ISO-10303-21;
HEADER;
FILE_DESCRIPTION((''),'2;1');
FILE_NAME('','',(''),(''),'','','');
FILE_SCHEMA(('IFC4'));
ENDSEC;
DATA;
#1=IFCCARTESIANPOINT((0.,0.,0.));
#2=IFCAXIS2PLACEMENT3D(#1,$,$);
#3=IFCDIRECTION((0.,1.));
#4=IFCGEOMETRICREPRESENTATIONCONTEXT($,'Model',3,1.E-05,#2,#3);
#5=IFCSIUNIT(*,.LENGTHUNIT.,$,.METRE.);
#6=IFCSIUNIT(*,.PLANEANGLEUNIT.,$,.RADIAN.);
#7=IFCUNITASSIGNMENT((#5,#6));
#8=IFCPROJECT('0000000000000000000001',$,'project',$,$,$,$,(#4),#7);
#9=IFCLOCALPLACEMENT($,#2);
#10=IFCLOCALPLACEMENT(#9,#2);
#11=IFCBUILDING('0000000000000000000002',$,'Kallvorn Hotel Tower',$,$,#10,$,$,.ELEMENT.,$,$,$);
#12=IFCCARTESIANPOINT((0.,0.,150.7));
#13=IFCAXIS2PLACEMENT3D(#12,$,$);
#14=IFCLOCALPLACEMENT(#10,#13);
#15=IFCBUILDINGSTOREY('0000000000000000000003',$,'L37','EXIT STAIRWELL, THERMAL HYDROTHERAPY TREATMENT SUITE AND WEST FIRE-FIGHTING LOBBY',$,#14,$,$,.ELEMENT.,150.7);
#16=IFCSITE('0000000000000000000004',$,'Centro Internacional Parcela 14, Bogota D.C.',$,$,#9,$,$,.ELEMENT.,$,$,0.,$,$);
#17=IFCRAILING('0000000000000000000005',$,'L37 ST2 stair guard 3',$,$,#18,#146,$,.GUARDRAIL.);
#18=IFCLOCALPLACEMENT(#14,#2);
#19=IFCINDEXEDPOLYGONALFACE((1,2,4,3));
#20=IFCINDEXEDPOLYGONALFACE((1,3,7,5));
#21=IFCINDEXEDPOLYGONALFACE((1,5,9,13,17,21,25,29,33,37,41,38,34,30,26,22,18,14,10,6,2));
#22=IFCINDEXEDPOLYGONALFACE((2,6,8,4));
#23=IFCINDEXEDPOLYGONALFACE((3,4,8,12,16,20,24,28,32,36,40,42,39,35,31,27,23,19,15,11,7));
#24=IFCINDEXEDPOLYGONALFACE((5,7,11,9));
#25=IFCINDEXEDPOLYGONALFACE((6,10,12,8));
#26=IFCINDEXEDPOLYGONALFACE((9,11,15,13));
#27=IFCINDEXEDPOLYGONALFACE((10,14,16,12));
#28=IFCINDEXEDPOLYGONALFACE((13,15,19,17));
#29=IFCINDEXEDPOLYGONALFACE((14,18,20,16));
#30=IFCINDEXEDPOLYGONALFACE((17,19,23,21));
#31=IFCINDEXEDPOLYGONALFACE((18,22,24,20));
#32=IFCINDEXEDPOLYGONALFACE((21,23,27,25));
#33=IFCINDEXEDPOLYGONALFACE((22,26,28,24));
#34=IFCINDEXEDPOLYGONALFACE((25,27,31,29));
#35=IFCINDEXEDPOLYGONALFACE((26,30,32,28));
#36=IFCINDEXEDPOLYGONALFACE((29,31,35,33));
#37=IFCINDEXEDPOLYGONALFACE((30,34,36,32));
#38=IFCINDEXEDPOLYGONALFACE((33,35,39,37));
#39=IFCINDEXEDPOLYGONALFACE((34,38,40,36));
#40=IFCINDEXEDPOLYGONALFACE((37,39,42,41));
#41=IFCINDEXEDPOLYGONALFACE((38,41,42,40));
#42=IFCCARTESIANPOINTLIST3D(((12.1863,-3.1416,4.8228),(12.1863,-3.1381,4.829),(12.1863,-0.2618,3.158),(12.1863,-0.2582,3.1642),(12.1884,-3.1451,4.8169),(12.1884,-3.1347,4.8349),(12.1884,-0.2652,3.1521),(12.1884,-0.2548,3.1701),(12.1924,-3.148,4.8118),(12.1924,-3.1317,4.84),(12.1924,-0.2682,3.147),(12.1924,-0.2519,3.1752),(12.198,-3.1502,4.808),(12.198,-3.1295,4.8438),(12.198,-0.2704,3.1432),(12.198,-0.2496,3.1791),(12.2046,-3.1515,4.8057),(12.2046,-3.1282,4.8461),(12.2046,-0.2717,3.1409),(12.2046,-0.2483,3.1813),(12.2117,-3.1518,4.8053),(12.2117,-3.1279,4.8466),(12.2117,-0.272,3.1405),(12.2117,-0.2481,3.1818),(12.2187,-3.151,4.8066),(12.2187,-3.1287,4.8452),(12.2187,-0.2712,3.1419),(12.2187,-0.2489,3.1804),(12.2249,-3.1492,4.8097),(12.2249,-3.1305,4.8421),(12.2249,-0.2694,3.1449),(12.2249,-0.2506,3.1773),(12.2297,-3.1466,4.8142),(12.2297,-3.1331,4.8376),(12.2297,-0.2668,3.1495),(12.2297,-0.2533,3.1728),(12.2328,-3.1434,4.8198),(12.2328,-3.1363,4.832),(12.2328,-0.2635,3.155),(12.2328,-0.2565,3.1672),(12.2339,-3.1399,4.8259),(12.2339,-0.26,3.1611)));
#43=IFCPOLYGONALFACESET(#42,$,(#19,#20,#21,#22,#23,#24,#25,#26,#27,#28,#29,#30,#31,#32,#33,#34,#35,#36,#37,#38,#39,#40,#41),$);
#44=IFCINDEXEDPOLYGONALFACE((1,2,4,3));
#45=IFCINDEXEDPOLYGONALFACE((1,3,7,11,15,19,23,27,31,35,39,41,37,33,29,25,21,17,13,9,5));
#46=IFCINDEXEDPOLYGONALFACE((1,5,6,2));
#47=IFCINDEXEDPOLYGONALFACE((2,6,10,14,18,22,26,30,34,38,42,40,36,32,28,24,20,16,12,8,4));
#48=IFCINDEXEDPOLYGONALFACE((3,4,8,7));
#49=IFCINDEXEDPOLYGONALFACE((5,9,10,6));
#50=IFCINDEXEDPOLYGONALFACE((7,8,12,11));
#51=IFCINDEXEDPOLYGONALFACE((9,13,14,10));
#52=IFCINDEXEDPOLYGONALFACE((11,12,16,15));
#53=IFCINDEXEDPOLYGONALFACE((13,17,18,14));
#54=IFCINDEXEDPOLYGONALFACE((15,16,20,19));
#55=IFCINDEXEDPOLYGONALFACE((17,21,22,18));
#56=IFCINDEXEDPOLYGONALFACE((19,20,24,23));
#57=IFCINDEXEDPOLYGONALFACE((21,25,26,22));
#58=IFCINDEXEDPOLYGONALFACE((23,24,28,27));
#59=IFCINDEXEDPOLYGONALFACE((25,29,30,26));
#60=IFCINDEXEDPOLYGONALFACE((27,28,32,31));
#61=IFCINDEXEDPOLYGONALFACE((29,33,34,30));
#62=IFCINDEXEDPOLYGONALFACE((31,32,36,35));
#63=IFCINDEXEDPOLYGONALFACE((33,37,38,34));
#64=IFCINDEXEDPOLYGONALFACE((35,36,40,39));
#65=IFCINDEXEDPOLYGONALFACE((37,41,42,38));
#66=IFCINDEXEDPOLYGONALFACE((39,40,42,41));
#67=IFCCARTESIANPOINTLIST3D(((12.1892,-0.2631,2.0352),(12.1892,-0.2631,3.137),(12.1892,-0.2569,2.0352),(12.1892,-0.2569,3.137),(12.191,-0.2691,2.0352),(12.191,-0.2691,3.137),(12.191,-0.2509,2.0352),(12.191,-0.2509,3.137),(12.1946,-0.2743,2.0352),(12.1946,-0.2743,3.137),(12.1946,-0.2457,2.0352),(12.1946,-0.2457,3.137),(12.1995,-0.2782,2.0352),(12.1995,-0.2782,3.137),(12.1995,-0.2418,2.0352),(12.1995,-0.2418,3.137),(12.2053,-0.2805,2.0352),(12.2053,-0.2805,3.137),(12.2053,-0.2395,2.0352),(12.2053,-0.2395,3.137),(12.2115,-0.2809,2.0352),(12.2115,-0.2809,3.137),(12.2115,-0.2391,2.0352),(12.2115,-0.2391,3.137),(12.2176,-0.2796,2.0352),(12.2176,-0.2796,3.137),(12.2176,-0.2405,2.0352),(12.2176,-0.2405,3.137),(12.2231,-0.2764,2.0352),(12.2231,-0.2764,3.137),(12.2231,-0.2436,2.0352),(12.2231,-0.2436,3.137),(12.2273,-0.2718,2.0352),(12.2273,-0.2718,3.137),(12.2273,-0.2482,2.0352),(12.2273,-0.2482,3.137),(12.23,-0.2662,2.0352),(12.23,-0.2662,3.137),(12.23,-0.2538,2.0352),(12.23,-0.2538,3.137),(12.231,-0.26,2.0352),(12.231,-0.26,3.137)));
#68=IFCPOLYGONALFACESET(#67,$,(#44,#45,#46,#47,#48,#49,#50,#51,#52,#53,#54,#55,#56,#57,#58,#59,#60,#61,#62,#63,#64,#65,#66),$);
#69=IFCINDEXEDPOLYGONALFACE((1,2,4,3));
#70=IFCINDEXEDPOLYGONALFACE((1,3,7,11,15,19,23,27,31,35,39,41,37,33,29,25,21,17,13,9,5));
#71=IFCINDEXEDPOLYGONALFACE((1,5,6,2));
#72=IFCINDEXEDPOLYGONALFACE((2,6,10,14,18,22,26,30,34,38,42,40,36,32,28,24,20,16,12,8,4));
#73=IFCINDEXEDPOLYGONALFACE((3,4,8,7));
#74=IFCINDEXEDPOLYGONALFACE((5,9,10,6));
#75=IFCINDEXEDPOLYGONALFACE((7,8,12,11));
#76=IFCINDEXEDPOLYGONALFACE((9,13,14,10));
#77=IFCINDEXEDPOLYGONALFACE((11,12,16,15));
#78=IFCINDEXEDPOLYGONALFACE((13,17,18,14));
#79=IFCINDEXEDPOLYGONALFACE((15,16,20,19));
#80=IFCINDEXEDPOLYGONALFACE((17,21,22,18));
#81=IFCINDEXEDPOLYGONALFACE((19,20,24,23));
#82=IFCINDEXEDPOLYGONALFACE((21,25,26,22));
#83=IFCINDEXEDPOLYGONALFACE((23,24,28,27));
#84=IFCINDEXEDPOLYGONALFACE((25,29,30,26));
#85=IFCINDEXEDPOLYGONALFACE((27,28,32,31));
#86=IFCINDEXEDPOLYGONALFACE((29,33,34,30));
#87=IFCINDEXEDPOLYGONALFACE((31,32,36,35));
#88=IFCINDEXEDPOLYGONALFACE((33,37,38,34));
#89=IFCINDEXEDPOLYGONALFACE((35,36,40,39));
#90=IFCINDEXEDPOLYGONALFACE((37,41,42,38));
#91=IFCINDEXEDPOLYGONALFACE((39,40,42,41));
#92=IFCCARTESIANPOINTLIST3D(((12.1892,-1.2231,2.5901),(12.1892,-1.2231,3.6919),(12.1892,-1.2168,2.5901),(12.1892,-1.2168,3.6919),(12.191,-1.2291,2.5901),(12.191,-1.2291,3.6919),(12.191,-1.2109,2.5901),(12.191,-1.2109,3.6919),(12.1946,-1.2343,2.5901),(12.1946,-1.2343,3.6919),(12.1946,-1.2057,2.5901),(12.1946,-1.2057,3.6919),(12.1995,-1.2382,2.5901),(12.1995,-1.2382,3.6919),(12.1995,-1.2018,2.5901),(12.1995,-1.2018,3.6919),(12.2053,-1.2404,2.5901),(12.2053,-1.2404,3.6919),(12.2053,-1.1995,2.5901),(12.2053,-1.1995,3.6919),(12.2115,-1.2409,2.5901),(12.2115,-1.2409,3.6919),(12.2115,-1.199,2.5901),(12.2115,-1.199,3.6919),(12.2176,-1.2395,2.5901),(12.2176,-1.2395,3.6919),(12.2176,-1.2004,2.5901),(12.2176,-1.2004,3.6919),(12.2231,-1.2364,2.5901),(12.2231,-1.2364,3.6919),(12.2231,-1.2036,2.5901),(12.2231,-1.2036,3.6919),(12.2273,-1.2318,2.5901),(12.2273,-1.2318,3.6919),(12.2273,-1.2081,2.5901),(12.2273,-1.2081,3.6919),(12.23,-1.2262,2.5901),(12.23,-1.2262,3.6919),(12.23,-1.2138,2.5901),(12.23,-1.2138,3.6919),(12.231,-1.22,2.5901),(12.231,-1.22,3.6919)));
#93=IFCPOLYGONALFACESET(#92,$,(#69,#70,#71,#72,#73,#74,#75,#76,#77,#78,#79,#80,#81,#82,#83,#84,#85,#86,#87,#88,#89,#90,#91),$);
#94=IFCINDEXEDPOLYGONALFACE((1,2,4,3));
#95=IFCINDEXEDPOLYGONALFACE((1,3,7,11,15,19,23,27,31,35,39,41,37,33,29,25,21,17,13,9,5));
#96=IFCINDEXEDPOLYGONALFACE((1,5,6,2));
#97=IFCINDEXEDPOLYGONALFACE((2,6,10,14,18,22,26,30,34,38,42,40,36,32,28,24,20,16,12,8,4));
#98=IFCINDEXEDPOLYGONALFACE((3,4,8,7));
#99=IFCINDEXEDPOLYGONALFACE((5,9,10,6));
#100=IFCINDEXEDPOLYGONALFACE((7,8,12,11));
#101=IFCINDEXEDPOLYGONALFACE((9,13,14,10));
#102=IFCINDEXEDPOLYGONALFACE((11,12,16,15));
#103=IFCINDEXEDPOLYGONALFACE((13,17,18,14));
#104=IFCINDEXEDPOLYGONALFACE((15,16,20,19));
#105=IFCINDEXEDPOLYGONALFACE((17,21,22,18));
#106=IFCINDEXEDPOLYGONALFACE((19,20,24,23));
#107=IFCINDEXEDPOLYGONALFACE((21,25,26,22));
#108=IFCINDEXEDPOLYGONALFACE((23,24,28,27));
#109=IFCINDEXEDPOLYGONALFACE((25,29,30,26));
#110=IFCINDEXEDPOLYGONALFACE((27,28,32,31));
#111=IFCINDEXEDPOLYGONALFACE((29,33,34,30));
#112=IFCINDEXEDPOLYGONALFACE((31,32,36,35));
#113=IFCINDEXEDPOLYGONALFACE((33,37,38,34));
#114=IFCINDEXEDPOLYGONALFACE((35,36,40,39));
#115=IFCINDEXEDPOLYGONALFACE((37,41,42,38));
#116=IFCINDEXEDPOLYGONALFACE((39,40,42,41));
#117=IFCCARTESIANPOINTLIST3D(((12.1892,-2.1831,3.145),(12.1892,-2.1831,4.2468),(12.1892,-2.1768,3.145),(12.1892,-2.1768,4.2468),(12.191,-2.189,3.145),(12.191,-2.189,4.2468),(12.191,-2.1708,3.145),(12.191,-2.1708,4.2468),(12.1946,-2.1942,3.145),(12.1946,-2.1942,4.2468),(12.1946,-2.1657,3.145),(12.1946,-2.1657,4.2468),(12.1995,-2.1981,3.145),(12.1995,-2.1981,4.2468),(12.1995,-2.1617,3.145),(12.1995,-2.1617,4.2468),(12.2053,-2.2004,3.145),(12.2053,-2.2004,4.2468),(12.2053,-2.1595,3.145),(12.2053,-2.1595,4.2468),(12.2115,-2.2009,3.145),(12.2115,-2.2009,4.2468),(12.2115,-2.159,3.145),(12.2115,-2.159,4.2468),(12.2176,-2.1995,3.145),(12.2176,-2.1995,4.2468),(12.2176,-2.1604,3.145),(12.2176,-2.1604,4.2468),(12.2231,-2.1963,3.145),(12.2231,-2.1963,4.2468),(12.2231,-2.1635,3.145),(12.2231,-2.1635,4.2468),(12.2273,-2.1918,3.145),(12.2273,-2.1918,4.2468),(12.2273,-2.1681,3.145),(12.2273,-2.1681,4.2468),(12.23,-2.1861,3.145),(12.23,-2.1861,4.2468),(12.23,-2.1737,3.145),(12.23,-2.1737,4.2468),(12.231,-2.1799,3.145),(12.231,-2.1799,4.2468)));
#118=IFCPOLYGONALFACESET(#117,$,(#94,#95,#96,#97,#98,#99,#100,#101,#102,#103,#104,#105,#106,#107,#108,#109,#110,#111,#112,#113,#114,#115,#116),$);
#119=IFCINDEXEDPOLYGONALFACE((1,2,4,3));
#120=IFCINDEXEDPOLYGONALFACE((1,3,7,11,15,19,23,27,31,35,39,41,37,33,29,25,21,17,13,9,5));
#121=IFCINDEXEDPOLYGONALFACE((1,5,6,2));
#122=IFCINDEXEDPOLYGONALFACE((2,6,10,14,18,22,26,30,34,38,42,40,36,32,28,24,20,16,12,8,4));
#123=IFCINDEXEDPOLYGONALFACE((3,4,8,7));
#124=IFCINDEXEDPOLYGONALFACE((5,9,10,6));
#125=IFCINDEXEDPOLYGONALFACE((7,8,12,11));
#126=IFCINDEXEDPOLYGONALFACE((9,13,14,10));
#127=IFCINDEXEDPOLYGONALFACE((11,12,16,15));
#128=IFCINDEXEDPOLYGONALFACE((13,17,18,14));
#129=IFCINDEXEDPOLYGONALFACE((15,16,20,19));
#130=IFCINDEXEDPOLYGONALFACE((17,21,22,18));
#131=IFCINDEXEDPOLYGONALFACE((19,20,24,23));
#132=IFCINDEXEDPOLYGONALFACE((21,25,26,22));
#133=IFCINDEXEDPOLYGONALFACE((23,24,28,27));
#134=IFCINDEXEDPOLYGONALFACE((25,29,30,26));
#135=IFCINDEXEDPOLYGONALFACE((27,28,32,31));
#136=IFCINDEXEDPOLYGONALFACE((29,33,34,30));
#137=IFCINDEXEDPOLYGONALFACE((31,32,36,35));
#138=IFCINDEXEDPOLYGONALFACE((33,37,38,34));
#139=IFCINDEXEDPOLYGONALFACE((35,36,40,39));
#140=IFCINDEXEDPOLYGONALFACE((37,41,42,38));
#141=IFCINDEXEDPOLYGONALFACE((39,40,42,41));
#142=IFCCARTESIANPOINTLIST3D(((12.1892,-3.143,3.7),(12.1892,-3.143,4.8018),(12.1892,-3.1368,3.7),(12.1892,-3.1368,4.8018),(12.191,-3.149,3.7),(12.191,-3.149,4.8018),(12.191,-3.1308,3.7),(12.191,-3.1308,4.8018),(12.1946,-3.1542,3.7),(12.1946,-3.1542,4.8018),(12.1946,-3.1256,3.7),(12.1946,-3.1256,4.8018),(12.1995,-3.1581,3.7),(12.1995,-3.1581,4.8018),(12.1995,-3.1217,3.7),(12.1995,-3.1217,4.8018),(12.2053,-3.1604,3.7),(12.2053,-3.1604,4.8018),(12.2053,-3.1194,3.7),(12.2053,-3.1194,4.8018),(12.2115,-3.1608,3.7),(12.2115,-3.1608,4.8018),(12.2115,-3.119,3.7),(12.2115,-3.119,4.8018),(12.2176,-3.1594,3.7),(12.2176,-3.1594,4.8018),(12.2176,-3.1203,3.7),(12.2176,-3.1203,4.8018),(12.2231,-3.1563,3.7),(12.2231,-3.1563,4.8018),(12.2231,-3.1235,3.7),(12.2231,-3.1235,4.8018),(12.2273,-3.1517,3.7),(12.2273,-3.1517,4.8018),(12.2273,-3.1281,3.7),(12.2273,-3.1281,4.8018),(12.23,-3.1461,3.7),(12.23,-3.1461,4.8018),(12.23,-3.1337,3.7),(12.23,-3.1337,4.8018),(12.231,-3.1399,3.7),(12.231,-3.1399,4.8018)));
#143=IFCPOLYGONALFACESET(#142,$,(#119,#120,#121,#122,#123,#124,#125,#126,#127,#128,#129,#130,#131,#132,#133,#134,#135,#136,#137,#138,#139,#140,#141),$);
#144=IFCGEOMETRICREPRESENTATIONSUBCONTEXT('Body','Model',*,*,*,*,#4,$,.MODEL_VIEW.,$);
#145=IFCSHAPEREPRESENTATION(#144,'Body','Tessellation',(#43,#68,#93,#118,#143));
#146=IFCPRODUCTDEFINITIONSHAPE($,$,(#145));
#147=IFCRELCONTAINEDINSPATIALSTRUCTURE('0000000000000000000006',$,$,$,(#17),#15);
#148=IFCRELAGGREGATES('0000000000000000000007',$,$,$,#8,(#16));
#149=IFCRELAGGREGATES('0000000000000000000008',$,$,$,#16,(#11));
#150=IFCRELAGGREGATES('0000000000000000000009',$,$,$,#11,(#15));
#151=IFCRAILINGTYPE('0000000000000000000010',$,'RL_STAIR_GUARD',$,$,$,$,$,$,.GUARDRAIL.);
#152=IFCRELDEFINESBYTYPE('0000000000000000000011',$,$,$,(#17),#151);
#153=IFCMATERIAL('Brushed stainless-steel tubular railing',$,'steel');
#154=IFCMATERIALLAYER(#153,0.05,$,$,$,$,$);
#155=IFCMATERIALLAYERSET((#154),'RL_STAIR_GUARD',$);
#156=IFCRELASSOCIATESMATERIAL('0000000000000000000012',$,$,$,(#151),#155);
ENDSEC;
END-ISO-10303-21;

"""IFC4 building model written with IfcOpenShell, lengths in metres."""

from ifc_helpers import new_model, si_unit, direction, frame, origin, origin_2d, place, context, subcontext, project, spatial, circle, extrude, material, layer, layer_set, type_object, element, save


model = new_model("IFC4")

# Units and contexts
model_context = context("Model", 3, precision=1e-05, world=origin(), true_north=direction((0.0, 1.0)))
body_context = subcontext(model_context, "Body", "Model", "MODEL_VIEW")
ifc_project = project(units=[si_unit("LENGTHUNIT", "METRE"), si_unit("PLANEANGLEUNIT", "RADIAN")], contexts=[model_context])

# Site, building, storey
site_placement = place(None, origin())
site = spatial("IfcSite", under=ifc_project, at=site_placement, Name="Centro Internacional Parcela 14, Bogota D.C.", CompositionType="ELEMENT", RefElevation=0.0)
building_placement = place(site_placement, origin())
building = spatial("IfcBuilding", under=site, at=building_placement, Name="Kallvorn Hotel Tower", CompositionType="ELEMENT")
storey_placement = place(building_placement, frame((0.0, 0.0, 150.7)))
storey = spatial("IfcBuildingStorey", under=building, at=storey_placement, Name="L37", Description="EXIT STAIRWELL, THERMAL HYDROTHERAPY TREATMENT SUITE AND WEST FIRE-FIGHTING LOBBY", CompositionType="ELEMENT", Elevation=150.7)

# Railing
ifc_material_1 = material(Name="Brushed stainless-steel tubular railing", Category="steel")
ifc_layer_1 = layer(ifc_material_1, 0.05)
ifc_layer_set_1 = layer_set([ifc_layer_1], Name="RL_STAIR_GUARD")
railing_type_1 = type_object("IfcRailingType", Name="RL_STAIR_GUARD", PredefinedType="GUARDRAIL", material=ifc_layer_set_1)
railing_1_placement = place(storey_placement, frame((12.21, -0.26, 2.0352)))
element("IfcRailing", 1, at=railing_1_placement, inside=storey, type_object=railing_type_1, Name="L37 ST2 stair guard 3", PredefinedType="GUARDRAIL", context=body_context, shape_type="SweptSolid", body=[
    extrude(circle(Radius=0.0239, at=origin_2d()), frame((0.0, 0.0, 1.126), z_axis=(0.0, -0.865753, 0.500472), x_axis=(1.0, 0.0, 0.0)), (0.0, 0.0, 1.0), 3.3264),
    extrude(circle(Radius=0.021, at=origin_2d()), origin(), (0.0, 0.0, 1.0), 1.1018),
    extrude(circle(Radius=0.021, at=origin_2d()), frame((0.0, -0.96, 0.5549)), (0.0, 0.0, 1.0), 1.1018),
    extrude(circle(Radius=0.021, at=origin_2d()), frame((0.0, -1.9199, 1.1099)), (0.0, 0.0, 1.0), 1.1018),
    extrude(circle(Radius=0.021, at=origin_2d()), frame((0.0, -2.8799, 1.6648)), (0.0, 0.0, 1.0), 1.1018),
])

save(model, "model.ifc")
